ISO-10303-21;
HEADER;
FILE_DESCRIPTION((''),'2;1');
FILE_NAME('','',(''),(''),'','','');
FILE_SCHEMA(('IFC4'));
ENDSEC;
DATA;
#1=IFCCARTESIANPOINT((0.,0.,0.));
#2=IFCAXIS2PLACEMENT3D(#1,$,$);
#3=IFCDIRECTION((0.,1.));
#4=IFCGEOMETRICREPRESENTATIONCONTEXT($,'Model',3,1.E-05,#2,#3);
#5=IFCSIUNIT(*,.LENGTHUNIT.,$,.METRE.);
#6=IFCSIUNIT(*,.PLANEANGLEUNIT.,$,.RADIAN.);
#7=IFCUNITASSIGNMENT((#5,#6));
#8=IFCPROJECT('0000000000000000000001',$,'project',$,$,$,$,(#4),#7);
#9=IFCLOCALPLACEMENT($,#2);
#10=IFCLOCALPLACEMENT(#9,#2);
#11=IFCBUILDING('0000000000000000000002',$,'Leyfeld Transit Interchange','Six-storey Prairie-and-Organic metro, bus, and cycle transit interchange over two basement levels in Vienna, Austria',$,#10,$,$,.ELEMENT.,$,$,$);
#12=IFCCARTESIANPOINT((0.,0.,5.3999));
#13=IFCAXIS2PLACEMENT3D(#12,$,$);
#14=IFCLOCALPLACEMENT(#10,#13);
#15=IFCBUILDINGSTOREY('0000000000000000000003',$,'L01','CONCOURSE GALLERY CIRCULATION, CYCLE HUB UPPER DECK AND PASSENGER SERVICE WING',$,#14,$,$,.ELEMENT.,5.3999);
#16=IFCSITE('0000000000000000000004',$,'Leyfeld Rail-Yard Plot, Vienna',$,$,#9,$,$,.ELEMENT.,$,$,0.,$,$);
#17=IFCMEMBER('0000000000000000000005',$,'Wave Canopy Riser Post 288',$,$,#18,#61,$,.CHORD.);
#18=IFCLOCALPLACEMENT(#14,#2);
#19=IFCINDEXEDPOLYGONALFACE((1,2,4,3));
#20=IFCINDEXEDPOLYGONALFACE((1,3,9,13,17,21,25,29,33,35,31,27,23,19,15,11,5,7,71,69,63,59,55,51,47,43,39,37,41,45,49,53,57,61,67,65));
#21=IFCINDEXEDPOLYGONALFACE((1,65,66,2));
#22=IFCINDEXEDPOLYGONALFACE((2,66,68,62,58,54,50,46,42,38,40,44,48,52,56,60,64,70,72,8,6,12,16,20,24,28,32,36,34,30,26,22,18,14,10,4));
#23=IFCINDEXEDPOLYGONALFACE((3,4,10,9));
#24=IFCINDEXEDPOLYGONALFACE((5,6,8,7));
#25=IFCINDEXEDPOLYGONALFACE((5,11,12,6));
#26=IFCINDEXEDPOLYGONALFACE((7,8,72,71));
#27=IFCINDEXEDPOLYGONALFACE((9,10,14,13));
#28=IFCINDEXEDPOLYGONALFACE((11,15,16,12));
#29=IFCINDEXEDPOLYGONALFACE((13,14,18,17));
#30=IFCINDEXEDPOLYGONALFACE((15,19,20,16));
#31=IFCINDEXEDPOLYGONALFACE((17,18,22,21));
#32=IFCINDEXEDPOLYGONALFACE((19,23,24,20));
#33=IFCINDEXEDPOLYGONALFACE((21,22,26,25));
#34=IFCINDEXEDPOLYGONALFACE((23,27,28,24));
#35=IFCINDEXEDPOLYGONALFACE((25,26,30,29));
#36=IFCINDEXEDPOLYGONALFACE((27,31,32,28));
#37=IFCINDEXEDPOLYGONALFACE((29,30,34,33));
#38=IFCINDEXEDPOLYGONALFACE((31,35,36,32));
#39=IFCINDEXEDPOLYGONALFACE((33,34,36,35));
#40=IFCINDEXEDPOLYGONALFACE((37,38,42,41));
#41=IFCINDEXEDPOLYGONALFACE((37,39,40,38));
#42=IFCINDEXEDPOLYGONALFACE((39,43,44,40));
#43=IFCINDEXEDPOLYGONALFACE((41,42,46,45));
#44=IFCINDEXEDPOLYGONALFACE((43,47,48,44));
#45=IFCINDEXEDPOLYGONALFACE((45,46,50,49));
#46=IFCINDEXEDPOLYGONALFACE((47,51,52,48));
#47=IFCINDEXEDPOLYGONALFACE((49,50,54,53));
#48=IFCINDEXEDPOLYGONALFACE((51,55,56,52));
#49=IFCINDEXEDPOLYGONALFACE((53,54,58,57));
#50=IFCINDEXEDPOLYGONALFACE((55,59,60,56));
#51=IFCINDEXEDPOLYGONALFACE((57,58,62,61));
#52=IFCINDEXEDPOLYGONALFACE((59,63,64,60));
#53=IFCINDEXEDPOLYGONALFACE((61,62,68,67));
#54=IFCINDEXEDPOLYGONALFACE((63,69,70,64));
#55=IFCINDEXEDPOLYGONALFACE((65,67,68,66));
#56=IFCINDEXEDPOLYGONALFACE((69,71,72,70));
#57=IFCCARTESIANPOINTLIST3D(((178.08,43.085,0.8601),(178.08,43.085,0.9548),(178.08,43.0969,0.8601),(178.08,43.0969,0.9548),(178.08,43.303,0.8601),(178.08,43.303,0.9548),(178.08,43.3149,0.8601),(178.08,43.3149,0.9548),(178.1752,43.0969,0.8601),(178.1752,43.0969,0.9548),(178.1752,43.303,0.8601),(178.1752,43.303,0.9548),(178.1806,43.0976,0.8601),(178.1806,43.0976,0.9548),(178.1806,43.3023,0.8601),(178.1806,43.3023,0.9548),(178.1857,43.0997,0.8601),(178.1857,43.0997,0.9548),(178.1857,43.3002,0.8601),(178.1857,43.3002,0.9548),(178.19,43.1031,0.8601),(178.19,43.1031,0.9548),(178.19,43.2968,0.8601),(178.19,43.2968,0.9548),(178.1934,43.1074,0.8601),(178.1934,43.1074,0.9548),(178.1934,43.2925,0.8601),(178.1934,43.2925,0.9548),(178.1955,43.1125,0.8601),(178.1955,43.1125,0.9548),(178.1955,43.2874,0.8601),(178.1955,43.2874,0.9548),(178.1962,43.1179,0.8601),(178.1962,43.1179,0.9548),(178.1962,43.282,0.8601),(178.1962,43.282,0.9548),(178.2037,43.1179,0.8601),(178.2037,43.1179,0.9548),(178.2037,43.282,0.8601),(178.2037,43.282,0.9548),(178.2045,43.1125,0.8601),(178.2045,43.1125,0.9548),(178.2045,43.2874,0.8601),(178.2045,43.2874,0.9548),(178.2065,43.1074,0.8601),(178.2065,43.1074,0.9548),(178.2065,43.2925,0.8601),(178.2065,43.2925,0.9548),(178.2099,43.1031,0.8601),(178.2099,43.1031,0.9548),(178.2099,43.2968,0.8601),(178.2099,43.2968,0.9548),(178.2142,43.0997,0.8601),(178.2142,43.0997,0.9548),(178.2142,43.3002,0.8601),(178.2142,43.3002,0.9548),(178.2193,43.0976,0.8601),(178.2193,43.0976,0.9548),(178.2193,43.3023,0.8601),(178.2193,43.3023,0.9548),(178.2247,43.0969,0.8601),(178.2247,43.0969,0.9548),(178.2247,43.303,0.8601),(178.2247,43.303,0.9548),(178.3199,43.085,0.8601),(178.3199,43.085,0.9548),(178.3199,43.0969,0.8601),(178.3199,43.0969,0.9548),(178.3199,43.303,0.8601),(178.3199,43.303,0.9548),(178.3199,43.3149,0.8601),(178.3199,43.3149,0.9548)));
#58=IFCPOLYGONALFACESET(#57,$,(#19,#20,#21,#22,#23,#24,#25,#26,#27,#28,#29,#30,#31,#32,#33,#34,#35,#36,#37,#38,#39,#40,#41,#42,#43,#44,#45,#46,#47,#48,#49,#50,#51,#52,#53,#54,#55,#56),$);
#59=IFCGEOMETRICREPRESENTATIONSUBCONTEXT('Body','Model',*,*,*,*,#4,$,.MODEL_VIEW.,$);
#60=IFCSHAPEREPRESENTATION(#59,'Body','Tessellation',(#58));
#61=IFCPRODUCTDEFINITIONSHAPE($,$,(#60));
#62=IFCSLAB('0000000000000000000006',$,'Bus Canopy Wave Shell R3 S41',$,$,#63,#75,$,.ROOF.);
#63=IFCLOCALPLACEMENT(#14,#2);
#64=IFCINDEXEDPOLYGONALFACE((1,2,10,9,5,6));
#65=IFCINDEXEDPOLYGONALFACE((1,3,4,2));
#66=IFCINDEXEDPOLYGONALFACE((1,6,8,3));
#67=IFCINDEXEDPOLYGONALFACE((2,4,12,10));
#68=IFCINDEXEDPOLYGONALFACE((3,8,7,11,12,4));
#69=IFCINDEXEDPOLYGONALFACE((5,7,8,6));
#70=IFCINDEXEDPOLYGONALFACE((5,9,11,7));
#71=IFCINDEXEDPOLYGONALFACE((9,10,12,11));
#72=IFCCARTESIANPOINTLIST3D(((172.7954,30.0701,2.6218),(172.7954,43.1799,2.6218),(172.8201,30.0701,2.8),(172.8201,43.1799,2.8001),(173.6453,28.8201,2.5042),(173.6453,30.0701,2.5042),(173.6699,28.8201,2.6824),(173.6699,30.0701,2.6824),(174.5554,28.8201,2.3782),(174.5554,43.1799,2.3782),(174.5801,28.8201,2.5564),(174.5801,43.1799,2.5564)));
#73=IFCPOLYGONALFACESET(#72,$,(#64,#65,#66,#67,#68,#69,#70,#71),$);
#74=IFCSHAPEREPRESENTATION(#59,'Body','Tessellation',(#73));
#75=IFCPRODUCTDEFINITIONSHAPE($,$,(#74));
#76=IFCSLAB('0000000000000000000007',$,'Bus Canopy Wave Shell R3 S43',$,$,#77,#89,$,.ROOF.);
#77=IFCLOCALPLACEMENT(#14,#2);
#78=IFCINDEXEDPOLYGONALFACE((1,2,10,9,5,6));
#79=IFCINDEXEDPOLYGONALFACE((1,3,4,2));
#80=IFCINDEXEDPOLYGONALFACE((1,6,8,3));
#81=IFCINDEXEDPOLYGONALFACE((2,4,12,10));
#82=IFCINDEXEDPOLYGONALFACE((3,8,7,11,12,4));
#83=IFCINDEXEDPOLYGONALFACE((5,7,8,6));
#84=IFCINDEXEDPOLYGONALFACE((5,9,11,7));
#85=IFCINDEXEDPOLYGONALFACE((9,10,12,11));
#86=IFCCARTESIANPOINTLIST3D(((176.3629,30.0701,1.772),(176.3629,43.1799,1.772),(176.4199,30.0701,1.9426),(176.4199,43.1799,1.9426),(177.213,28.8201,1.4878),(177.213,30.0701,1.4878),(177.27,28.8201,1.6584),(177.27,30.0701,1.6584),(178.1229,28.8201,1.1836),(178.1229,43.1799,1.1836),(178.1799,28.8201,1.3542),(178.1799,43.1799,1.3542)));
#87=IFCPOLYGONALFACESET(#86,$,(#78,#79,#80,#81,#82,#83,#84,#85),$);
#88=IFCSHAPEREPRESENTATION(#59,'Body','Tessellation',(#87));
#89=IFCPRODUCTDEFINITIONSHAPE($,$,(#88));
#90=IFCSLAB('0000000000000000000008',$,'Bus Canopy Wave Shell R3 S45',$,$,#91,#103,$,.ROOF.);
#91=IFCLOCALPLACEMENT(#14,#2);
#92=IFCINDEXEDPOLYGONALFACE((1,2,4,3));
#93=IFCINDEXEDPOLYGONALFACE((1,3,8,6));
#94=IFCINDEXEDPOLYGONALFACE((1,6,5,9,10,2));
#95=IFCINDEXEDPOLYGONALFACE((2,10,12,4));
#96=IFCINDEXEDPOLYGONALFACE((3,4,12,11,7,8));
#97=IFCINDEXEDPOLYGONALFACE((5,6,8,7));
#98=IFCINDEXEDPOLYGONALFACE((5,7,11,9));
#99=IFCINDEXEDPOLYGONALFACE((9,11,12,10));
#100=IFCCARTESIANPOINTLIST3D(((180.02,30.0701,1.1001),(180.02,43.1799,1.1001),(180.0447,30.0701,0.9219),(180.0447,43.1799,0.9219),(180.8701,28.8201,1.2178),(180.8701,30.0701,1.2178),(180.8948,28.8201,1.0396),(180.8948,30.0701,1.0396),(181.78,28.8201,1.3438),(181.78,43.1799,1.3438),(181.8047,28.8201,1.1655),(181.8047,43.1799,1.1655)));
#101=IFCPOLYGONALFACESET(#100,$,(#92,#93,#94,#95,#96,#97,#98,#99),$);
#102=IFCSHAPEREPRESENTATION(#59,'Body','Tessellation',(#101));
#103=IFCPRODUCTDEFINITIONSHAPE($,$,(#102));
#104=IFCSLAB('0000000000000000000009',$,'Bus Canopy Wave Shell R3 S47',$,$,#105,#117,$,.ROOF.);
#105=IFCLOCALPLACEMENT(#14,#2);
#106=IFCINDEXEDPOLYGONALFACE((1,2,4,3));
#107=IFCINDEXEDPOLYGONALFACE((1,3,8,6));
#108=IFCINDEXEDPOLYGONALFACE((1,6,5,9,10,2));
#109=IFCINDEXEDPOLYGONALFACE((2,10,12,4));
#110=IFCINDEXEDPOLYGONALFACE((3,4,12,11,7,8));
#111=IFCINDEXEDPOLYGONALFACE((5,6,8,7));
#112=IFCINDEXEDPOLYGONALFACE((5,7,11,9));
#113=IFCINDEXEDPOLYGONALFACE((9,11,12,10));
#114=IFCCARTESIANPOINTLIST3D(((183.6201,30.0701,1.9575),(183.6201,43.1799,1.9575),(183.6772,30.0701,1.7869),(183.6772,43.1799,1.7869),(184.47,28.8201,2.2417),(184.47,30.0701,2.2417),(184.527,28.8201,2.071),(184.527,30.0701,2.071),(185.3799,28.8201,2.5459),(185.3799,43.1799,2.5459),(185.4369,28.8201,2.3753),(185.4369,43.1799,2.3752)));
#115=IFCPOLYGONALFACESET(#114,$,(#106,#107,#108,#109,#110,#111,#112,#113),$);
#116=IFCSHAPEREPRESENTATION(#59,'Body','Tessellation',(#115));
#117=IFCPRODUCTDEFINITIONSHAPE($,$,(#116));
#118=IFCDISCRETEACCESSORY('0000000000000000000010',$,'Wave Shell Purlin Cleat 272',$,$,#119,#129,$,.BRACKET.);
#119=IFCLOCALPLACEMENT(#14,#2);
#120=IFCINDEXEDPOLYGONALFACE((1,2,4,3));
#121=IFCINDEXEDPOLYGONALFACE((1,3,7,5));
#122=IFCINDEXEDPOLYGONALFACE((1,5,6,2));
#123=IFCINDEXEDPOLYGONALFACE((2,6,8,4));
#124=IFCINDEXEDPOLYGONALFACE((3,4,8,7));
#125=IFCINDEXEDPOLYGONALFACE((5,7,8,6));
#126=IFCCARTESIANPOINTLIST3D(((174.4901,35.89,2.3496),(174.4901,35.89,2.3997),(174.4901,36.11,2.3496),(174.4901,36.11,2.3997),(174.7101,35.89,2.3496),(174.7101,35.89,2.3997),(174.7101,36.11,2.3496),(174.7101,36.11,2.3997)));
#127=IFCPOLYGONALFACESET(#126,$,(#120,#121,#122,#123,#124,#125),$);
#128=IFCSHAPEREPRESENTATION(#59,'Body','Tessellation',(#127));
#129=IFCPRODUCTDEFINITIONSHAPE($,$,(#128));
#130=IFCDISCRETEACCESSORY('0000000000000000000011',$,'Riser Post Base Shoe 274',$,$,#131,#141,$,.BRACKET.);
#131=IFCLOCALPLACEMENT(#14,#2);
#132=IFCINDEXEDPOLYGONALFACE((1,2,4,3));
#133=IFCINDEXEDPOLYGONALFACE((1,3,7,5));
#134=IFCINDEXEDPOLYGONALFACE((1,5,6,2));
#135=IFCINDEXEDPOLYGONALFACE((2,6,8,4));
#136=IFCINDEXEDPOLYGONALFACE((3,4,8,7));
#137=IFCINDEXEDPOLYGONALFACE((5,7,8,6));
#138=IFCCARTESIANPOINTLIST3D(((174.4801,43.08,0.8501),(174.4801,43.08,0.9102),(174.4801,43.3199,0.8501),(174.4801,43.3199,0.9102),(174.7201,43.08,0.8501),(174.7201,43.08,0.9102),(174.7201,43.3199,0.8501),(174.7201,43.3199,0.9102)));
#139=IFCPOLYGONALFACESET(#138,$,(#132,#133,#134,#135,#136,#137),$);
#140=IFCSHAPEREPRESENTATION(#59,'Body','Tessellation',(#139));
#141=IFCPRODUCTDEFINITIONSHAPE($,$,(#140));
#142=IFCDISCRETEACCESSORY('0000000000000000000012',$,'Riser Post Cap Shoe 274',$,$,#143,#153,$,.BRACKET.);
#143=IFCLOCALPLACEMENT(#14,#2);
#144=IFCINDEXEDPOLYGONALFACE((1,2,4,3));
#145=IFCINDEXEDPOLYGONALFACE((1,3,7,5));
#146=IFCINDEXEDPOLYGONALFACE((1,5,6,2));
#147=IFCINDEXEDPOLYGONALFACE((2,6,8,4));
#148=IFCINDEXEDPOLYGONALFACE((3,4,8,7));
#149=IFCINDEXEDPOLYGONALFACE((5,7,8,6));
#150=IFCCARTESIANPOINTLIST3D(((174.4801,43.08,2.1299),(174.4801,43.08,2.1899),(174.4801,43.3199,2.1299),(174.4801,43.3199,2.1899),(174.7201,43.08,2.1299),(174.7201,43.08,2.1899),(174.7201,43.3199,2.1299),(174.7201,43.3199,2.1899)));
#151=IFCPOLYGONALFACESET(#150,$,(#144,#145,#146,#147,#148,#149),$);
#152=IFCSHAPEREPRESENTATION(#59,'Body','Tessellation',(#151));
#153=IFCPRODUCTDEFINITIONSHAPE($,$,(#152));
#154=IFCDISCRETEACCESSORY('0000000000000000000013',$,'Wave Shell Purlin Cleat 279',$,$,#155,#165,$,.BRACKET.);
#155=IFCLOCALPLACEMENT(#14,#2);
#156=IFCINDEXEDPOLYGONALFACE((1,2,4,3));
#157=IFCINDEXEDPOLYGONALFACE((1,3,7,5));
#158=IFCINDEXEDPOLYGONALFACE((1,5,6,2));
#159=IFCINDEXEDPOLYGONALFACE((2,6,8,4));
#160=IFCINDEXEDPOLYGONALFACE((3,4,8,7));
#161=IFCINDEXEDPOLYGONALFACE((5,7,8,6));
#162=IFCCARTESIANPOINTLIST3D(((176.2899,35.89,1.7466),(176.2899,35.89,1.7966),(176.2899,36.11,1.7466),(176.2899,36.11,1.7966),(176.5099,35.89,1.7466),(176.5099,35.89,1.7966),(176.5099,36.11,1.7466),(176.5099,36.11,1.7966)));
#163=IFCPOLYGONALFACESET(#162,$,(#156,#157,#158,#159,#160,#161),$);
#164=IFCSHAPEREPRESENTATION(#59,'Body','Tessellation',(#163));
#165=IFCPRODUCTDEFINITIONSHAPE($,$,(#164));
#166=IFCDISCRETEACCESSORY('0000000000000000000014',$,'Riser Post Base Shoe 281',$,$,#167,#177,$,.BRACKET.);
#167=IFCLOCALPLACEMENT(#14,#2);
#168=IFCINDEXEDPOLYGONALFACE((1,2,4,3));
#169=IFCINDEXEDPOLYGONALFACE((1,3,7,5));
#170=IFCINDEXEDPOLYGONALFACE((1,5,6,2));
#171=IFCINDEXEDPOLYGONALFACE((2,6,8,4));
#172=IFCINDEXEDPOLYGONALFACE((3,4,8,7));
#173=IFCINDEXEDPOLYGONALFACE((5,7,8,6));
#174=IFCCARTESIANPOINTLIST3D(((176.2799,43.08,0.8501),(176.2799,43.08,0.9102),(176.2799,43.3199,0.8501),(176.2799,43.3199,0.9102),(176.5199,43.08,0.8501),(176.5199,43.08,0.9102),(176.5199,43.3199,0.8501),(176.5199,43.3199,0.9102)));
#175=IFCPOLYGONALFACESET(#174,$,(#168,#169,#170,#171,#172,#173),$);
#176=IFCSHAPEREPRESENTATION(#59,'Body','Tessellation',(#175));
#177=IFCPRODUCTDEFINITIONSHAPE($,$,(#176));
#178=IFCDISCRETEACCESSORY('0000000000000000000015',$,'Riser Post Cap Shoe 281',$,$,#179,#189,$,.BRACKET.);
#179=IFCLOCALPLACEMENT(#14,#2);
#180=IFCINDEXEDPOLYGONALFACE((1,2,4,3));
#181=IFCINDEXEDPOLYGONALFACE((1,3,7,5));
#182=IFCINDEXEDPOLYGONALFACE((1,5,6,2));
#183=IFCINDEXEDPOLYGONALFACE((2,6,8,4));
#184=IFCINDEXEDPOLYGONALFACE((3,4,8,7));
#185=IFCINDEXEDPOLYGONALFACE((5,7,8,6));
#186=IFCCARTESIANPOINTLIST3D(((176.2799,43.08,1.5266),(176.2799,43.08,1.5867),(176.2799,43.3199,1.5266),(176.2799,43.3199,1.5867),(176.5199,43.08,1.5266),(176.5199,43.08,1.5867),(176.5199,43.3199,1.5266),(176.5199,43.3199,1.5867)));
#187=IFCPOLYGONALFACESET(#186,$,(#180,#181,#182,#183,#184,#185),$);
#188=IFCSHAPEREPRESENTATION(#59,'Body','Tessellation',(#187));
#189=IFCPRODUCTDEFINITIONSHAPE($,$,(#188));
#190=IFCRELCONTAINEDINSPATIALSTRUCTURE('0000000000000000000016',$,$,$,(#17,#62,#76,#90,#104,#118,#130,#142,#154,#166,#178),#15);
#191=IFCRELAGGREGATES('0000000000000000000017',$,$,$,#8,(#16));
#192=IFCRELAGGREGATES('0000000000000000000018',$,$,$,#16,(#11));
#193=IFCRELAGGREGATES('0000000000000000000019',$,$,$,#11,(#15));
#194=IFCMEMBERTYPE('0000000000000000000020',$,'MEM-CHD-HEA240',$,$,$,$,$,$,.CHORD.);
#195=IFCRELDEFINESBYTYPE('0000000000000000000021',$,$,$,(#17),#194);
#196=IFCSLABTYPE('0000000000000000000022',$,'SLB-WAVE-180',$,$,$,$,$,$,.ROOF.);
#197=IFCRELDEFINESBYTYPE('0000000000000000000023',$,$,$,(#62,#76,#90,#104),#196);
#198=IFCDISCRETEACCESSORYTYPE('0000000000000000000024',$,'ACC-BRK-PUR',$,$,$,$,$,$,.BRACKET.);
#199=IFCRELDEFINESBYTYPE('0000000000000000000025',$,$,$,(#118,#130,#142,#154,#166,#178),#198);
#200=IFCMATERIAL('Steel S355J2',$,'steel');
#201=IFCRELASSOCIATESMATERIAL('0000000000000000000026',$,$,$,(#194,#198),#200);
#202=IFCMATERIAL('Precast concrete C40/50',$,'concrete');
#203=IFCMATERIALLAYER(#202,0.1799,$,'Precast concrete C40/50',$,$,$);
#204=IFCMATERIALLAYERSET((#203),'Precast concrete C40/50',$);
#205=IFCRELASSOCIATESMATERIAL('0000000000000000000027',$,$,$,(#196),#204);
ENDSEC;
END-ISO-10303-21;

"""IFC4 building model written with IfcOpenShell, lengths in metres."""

from ifc_helpers import new_model, si_unit, direction, frame, origin, origin_2d, place, context, subcontext, project, spatial, polyline, rectangle, i_section, outline, extrude, material, layer, layer_set, material_profile, profile_set, type_object, element, save


model = new_model("IFC4")

# Units and contexts
model_context = context("Model", 3, precision=1e-05, world=origin(), true_north=direction((0.0, 1.0)))
body_context = subcontext(model_context, "Body", "Model", "MODEL_VIEW")
ifc_project = project(units=[si_unit("LENGTHUNIT", "METRE"), si_unit("PLANEANGLEUNIT", "RADIAN")], contexts=[model_context])

# Site, building, storey
site_placement = place(None, origin())
site = spatial("IfcSite", under=ifc_project, at=site_placement, Name="Leyfeld Rail-Yard Plot, Vienna", CompositionType="ELEMENT", RefElevation=0.0)
building_placement = place(site_placement, origin())
building = spatial("IfcBuilding", under=site, at=building_placement, Name="Leyfeld Transit Interchange", Description="Six-storey Prairie-and-Organic metro, bus, and cycle transit interchange over two basement levels in Vienna, Austria", CompositionType="ELEMENT")
storey_placement = place(building_placement, frame((0.0, 0.0, 5.3999)))
storey = spatial("IfcBuildingStorey", under=building, at=storey_placement, Name="L01", Description="CONCOURSE GALLERY CIRCULATION, CYCLE HUB UPPER DECK AND PASSENGER SERVICE WING", CompositionType="ELEMENT", Elevation=5.3999)

# Shared definitions
ifc_material_1 = material(Name="Steel S355J2", Category="steel")

# Member
ifc_material_profile_1 = material_profile(ifc_material_1, i_section(OverallWidth=0.24, OverallDepth=0.23, WebThickness=0.0076, FlangeThickness=0.012, FilletRadius=0.021, at=origin_2d()), Name="HEA 240")
ifc_profile_set_1 = profile_set([ifc_material_profile_1], Name="Steel S355J2")
member_type = type_object("IfcMemberType", Name="MEM-CHD-HEA240", PredefinedType="CHORD", material=ifc_profile_set_1)
member_1_placement = place(storey_placement, frame((178.2, 43.2, 0.8601), z_axis=(0.0, 0.0, 1.0), x_axis=(1.0, 0.0, 0.0)))
element("IfcMember", 1, at=member_1_placement, inside=storey, type_object=member_type, Name="Wave Canopy Riser Post 288", PredefinedType="CHORD", context=body_context, shape_type="SweptSolid", body=[
    extrude(i_section(OverallWidth=0.24, OverallDepth=0.23, WebThickness=0.0076, FlangeThickness=0.012, FilletRadius=0.021, at=origin_2d()), origin(), (0.0, 0.0, 1.0), 0.0947),
])

# Slabs
ifc_material_2 = material(Name="Precast concrete C40/50", Category="concrete")
ifc_layer = layer(ifc_material_2, 0.1799, Name="Precast concrete C40/50")
ifc_layer_set = layer_set([ifc_layer], Name="Precast concrete C40/50")
slab_type = type_object("IfcSlabType", Name="SLB-WAVE-180", PredefinedType="ROOF", material=ifc_layer_set)
slab_1_placement = place(storey_placement, frame((172.8201, 30.0701, 2.8), z_axis=(0.137129, -0.000001, 0.990553), x_axis=(0.990553, 0.0, -0.137129)))
element("IfcSlab", 2, at=slab_1_placement, inside=storey, type_object=slab_type, Name="Bus Canopy Wave Shell R3 S41", PredefinedType="ROOF", context=body_context, shape_type="SweptSolid", body=[
    extrude(outline(polyline([(0.0, 0.0), (0.858, 0.0), (0.858, -1.25), (1.7768, -1.25), (1.7768, 13.1099), (0.0, 13.1099), (0.0, 0.0)])), origin(), (0.0, 0.0, -1.0), 0.1799),
])
slab_2_placement = place(storey_placement, frame((176.4199, 30.0701, 1.9426), z_axis=(0.317057, 0.0, 0.948406), x_axis=(0.948406, 0.0, -0.317057)))
element("IfcSlab", 3, at=slab_2_placement, inside=storey, type_object=slab_type, Name="Bus Canopy Wave Shell R3 S43", PredefinedType="ROOF", context=body_context, shape_type="SweptSolid", body=[
    extrude(outline(polyline([(0.0, 0.0), (0.8963, 0.0), (0.8963, -1.25), (1.8558, -1.25), (1.8558, 13.1099), (0.0, 13.1099), (0.0, 0.0)])), origin(), (0.0, 0.0, -1.0), 0.1799),
])
slab_3_placement = place(storey_placement, frame((180.02, 30.0701, 1.1001), z_axis=(-0.137131, 0.0, 0.990553), x_axis=(0.990553, 0.0, 0.137131)))
element("IfcSlab", 4, at=slab_3_placement, inside=storey, type_object=slab_type, Name="Bus Canopy Wave Shell R3 S45", PredefinedType="ROOF", context=body_context, shape_type="SweptSolid", body=[
    extrude(outline(polyline([(0.0, 0.0), (0.8582, 0.0), (0.8582, -1.25), (1.7768, -1.25), (1.7768, 13.1099), (0.0, 13.1099), (0.0, 0.0)])), origin(), (0.0, 0.0, -1.0), 0.1799),
])
slab_4_placement = place(storey_placement, frame((183.6201, 30.0701, 1.9575), z_axis=(-0.317095, 0.000001, 0.948394), x_axis=(0.948394, 0.0, 0.317095)))
element("IfcSlab", 5, at=slab_4_placement, inside=storey, type_object=slab_type, Name="Bus Canopy Wave Shell R3 S47", PredefinedType="ROOF", context=body_context, shape_type="SweptSolid", body=[
    extrude(outline(polyline([(0.0, 0.0), (0.8961, 0.0), (0.8961, -1.25), (1.8555, -1.25), (1.8555, 13.1099), (0.0, 13.1099), (0.0, 0.0)])), origin(), (0.0, 0.0, -1.0), 0.1799),
])

# Discrete accessories
discrete_accessory_type = type_object("IfcDiscreteAccessoryType", Name="ACC-BRK-PUR", PredefinedType="BRACKET", material=ifc_material_1)
discrete_accessory_1_placement = place(storey_placement, frame((174.6001, 36.0, 2.3496), z_axis=(0.0, 0.0, 1.0), x_axis=(1.0, 0.0, 0.0)))
element("IfcDiscreteAccessory", 6, at=discrete_accessory_1_placement, inside=storey, type_object=discrete_accessory_type, Name="Wave Shell Purlin Cleat 272", PredefinedType="BRACKET", context=body_context, shape_type="SweptSolid", body=[
    extrude(rectangle(XDim=0.22, YDim=0.22, at=origin_2d()), origin(), (0.0, 0.0, 1.0), 0.05),
])
for number, where, z_axis, x_axis, name in (
    (7, (174.6001, 43.2, 0.8501), (0.0, 0.0, 1.0), (1.0, 0.0, 0.0), "Riser Post Base Shoe 274"),
    (8, (174.6001, 43.2, 2.1299), (0.0, 0.0, 1.0), (1.0, 0.0, 0.0), "Riser Post Cap Shoe 274"),
):
    element("IfcDiscreteAccessory", number, at=place(storey_placement, frame(where, z_axis=z_axis, x_axis=x_axis)), inside=storey, type_object=discrete_accessory_type, Name=name, PredefinedType="BRACKET", context=body_context, shape_type="SweptSolid", body=[
        extrude(rectangle(XDim=0.24, YDim=0.24, at=origin_2d()), origin(), (0.0, 0.0, 1.0), 0.0601),
    ])
discrete_accessory_2_placement = place(storey_placement, frame((176.3999, 36.0, 1.7466), z_axis=(0.0, 0.0, 1.0), x_axis=(1.0, 0.0, 0.0)))
element("IfcDiscreteAccessory", 9, at=discrete_accessory_2_placement, inside=storey, type_object=discrete_accessory_type, Name="Wave Shell Purlin Cleat 279", PredefinedType="BRACKET", context=body_context, shape_type="SweptSolid", body=[
    extrude(rectangle(XDim=0.22, YDim=0.22, at=origin_2d()), origin(), (0.0, 0.0, 1.0), 0.05),
])
for number, where, z_axis, x_axis, name in (
    (10, (176.3999, 43.2, 0.8501), (0.0, 0.0, 1.0), (1.0, 0.0, 0.0), "Riser Post Base Shoe 281"),
    (11, (176.3999, 43.2, 1.5266), (0.0, 0.0, 1.0), (1.0, 0.0, 0.0), "Riser Post Cap Shoe 281"),
):
    element("IfcDiscreteAccessory", number, at=place(storey_placement, frame(where, z_axis=z_axis, x_axis=x_axis)), inside=storey, type_object=discrete_accessory_type, Name=name, PredefinedType="BRACKET", context=body_context, shape_type="SweptSolid", body=[
        extrude(rectangle(XDim=0.24, YDim=0.24, at=origin_2d()), origin(), (0.0, 0.0, 1.0), 0.0601),
    ])

save(model, "model.ifc")
